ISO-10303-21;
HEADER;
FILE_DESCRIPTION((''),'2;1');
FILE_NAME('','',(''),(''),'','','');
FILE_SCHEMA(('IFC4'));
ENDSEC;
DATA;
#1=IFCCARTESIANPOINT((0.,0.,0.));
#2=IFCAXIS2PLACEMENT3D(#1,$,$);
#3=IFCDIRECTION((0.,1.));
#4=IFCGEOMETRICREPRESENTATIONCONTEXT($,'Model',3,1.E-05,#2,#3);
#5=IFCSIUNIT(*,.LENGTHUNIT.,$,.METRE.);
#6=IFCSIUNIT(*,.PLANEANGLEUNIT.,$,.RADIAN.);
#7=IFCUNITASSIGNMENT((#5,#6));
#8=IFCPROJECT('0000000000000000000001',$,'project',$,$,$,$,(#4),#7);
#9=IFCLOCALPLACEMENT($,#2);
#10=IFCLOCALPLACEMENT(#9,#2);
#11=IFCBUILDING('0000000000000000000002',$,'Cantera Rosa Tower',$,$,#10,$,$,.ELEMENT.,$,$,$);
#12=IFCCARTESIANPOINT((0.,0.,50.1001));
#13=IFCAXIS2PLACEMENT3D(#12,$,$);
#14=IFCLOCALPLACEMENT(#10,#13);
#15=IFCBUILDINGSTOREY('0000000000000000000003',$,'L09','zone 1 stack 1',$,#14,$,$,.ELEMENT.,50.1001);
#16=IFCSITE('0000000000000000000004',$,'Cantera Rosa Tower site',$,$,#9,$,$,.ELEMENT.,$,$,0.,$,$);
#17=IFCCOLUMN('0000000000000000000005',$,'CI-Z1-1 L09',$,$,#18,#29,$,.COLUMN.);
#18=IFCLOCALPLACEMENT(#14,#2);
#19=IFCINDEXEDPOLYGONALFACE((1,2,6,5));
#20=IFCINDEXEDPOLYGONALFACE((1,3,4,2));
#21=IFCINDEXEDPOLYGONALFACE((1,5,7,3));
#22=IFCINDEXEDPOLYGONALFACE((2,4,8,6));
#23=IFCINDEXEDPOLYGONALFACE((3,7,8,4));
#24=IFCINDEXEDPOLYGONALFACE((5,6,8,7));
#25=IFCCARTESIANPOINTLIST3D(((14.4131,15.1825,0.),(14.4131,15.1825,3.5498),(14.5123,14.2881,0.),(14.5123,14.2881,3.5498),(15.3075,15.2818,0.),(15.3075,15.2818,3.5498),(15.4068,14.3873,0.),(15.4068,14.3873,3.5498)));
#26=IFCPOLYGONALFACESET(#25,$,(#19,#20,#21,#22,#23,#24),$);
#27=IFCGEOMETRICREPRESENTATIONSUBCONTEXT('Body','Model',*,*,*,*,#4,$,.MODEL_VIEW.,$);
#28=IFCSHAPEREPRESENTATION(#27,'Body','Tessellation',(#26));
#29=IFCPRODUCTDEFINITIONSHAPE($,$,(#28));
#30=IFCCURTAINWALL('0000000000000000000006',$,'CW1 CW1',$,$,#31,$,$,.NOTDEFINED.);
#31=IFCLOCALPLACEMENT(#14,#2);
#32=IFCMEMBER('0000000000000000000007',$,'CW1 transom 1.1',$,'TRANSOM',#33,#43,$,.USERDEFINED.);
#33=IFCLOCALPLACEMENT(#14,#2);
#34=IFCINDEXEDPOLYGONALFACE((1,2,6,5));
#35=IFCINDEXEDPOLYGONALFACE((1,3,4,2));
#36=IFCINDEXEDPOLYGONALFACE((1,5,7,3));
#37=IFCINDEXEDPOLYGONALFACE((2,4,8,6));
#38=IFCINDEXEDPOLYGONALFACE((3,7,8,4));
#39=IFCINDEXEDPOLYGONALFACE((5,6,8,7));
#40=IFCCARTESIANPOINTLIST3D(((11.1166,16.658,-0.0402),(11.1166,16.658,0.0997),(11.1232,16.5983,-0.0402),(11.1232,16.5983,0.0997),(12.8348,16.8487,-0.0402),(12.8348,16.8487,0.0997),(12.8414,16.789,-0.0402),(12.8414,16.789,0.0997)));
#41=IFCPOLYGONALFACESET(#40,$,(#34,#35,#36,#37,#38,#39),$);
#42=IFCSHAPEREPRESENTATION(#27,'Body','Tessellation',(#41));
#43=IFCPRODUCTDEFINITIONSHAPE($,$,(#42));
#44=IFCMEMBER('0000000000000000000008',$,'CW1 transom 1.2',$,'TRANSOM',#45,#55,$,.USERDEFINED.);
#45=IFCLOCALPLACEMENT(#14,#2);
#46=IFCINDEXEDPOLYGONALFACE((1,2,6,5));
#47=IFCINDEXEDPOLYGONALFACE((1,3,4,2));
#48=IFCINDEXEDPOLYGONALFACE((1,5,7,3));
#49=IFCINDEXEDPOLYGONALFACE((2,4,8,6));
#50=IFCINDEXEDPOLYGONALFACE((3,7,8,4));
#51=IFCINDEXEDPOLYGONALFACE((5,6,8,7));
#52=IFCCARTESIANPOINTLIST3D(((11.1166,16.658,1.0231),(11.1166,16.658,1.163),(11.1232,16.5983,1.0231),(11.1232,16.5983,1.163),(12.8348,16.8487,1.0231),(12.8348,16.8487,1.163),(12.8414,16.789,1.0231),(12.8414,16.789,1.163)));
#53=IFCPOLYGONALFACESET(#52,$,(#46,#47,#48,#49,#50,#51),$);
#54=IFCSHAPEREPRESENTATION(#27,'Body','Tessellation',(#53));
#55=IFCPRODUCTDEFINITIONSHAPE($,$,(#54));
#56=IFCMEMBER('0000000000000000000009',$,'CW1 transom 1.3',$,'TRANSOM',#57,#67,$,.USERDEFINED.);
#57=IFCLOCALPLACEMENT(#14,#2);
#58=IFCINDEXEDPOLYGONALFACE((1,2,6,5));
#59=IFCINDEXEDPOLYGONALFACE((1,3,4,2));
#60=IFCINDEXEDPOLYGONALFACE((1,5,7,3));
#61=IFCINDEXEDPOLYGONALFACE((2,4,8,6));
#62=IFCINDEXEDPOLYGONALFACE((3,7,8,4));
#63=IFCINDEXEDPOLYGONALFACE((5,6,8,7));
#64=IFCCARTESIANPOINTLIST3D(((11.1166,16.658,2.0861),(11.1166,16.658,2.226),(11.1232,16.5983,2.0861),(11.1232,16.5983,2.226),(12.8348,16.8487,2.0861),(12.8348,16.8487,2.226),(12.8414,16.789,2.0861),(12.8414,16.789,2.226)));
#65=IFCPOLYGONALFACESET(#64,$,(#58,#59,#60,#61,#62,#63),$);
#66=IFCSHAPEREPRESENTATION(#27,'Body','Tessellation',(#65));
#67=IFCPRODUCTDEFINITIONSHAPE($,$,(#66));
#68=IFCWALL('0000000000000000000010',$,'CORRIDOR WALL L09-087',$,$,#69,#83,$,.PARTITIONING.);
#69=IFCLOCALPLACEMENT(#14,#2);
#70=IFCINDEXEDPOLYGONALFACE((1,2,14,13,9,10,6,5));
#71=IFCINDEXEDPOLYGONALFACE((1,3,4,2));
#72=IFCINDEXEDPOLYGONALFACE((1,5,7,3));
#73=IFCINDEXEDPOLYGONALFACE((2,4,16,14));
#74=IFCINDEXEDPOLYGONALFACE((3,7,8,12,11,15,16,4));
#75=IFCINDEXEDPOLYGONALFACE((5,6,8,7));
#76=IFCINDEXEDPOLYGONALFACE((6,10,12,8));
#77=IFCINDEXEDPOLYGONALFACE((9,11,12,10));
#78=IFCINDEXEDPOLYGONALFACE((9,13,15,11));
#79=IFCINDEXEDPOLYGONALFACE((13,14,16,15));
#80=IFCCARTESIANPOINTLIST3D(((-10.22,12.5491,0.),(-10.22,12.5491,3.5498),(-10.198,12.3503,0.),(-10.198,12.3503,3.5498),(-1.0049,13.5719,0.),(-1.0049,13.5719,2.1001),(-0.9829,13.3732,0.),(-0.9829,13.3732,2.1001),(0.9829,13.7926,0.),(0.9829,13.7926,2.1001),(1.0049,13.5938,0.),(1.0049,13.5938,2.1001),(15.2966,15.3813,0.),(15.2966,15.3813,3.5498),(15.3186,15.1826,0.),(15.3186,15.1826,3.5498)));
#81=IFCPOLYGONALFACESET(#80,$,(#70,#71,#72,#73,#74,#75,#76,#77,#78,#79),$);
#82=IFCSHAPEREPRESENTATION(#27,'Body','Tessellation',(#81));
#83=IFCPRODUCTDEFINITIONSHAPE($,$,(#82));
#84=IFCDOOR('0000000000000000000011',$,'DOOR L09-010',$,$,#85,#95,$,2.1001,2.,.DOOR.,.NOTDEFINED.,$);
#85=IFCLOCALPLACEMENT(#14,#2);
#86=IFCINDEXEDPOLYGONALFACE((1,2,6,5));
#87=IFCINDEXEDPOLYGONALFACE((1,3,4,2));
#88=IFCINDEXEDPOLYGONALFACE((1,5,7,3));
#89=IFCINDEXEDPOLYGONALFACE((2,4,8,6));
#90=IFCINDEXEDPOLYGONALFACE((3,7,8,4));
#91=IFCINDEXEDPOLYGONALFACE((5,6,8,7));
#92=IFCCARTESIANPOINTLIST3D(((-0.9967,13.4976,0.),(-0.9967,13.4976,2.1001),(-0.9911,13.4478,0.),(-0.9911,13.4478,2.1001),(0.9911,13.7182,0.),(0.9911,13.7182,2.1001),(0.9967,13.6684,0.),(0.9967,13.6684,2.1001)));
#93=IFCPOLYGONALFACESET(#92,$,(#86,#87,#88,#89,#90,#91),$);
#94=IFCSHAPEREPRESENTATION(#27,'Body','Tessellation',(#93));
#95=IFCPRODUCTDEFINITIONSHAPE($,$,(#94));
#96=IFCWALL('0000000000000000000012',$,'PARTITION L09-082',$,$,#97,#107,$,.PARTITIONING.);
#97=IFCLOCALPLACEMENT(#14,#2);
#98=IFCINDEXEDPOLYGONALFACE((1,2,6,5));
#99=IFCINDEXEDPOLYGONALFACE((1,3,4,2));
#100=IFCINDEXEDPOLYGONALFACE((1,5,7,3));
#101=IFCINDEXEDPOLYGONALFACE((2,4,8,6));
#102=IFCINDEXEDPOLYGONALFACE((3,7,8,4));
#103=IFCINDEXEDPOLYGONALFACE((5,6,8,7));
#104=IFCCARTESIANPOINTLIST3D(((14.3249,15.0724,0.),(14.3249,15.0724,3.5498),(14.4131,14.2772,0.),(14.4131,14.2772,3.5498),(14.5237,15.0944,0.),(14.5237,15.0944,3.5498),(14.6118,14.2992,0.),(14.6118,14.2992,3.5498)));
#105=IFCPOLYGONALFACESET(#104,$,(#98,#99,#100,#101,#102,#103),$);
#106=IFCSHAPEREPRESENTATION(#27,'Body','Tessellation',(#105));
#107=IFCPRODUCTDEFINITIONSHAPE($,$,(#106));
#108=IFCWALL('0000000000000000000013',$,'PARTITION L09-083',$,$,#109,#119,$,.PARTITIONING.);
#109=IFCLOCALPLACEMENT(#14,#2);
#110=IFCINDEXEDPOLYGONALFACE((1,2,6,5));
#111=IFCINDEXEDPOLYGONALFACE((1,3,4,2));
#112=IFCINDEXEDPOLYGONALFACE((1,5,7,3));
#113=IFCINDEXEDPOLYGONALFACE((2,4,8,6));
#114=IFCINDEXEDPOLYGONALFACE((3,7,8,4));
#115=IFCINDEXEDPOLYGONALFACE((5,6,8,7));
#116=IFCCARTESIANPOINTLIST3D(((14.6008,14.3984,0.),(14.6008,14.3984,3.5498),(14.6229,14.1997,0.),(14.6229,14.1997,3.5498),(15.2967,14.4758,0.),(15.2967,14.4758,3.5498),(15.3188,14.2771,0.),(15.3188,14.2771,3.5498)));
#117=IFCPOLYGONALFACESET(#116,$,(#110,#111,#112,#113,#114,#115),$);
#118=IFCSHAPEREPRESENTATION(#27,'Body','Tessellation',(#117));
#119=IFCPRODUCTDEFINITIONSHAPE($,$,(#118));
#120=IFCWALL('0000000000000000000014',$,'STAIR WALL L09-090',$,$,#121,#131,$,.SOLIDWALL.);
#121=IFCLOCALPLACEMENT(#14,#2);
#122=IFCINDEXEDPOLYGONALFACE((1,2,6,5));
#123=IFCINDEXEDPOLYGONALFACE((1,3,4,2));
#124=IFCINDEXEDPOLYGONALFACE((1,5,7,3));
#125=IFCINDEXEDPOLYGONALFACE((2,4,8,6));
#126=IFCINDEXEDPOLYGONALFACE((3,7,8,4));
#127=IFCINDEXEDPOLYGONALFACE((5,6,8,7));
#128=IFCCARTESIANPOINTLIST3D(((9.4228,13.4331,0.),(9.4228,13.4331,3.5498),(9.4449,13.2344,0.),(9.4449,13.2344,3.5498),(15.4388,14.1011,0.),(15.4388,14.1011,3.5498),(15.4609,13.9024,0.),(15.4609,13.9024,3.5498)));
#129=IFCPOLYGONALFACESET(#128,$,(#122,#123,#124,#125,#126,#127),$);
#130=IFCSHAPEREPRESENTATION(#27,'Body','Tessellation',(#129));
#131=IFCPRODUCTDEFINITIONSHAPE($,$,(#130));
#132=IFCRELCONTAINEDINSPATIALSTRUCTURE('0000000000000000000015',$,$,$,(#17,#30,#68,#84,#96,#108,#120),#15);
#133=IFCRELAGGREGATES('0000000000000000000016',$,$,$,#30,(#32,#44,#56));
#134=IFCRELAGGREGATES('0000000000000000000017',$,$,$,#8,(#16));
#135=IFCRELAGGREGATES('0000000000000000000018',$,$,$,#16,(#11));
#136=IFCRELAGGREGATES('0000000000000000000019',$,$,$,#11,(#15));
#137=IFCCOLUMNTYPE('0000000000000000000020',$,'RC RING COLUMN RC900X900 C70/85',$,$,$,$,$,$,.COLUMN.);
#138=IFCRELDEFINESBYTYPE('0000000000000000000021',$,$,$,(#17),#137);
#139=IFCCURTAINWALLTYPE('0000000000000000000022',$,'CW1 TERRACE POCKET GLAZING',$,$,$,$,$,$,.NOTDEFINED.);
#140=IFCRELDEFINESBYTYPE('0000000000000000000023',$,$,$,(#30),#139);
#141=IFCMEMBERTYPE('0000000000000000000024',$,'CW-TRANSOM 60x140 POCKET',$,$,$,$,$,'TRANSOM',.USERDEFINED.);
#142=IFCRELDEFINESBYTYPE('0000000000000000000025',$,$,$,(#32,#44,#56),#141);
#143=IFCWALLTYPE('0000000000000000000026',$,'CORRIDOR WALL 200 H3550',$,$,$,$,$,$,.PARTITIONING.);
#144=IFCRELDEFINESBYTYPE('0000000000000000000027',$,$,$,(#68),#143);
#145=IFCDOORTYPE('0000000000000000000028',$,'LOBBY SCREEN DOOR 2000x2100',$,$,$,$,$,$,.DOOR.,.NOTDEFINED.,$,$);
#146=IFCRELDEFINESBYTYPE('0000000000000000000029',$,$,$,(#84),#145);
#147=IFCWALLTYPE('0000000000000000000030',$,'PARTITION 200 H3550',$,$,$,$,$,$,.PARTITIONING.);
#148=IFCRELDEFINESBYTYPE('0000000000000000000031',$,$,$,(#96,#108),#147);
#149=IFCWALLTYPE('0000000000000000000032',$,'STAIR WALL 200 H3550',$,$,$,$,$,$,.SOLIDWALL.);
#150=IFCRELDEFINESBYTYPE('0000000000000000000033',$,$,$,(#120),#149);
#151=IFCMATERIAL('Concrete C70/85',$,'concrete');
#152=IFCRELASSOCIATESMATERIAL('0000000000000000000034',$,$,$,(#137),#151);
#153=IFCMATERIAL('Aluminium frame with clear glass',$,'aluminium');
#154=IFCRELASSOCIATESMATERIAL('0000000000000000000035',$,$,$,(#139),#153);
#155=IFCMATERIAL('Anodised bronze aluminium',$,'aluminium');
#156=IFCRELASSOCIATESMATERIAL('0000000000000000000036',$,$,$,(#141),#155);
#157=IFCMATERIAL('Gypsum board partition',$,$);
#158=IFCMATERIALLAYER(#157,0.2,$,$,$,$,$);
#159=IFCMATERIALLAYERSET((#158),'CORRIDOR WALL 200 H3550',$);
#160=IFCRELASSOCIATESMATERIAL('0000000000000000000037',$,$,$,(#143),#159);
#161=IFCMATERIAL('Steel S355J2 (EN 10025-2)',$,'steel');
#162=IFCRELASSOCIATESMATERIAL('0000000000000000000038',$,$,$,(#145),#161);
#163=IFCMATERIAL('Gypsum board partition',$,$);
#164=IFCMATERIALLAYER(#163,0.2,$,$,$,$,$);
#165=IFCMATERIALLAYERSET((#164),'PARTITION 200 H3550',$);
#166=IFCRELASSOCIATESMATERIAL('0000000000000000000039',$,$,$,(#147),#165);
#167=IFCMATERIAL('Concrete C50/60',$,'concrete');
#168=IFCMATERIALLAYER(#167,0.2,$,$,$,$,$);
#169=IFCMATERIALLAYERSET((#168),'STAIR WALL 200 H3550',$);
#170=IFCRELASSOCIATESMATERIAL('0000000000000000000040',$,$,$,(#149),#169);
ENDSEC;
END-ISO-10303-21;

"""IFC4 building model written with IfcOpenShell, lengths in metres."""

from ifc_helpers import new_model, si_unit, direction, frame, frame_2d, origin, origin_2d, place, context, subcontext, project, spatial, rectangle, extrude, material, layer, layer_set, material_profile, profile_set, type_object, element, fill, aggregate, save


model = new_model("IFC4")

# Units and contexts
model_context = context("Model", 3, precision=1e-05, world=origin(), true_north=direction((0.0, 1.0)))
body_context = subcontext(model_context, "Body", "Model", "MODEL_VIEW")
ifc_project = project(units=[si_unit("LENGTHUNIT", "METRE"), si_unit("PLANEANGLEUNIT", "RADIAN")], contexts=[model_context])

# Site, building, storey
site_placement = place(None, origin())
site = spatial("IfcSite", under=ifc_project, at=site_placement, Name="Cantera Rosa Tower site", CompositionType="ELEMENT", RefElevation=0.0)
building_placement = place(site_placement, origin())
building = spatial("IfcBuilding", under=site, at=building_placement, Name="Cantera Rosa Tower", CompositionType="ELEMENT")
storey_placement = place(building_placement, frame((0.0, 0.0, 50.1001)))
storey = spatial("IfcBuildingStorey", under=building, at=storey_placement, Name="L09", Description="zone 1 stack 1", CompositionType="ELEMENT", Elevation=50.1001)

# Column
ifc_material_1 = material(Name="Concrete C70/85", Category="concrete")
ifc_material_profile_1 = material_profile(ifc_material_1, rectangle(XDim=0.8999, YDim=0.8999, at=origin_2d()), Name="RC RING COLUMN RC900X900 C70/85")
ifc_profile_set_1 = profile_set([ifc_material_profile_1], Name="Concrete C70/85")
column_type = type_object("IfcColumnType", Name="RC RING COLUMN RC900X900 C70/85", PredefinedType="COLUMN", material=ifc_profile_set_1)
column_placement = place(storey_placement, frame((14.9099, 14.7849, 0.0), z_axis=(0.0, 0.0, 1.0), x_axis=(0.993897, 0.110313, 0.0)))
element("IfcColumn", 1, at=column_placement, inside=storey, type_object=column_type, Name="CI-Z1-1 L09", PredefinedType="COLUMN", context=body_context, shape_type="SweptSolid", body=[
    extrude(rectangle(XDim=0.8999, YDim=0.8999, at=origin_2d()), origin(), (0.0, 0.0, 1.0), 3.5498),
])

# Curtain wall, members
ifc_material_2 = material(Name="Aluminium frame with clear glass", Category="aluminium")
curtain_wall_type = type_object("IfcCurtainWallType", Name="CW1 TERRACE POCKET GLAZING", PredefinedType="NOTDEFINED", material=ifc_material_2)
curtain_wall_placement = place(storey_placement, origin())
curtain_wall = element("IfcCurtainWall", 2, at=curtain_wall_placement, inside=storey, type_object=curtain_wall_type, Name="CW1 CW1", PredefinedType="NOTDEFINED")
ifc_material_3 = material(Name="Anodised bronze aluminium", Category="aluminium")
ifc_material_profile_2 = material_profile(ifc_material_3, rectangle(XDim=0.0601, YDim=0.1399, at=origin_2d()), Name="CW-TRANSOM 60x140 POCKET")
ifc_profile_set_2 = profile_set([ifc_material_profile_2], Name="Anodised bronze aluminium")
member_type = type_object("IfcMemberType", Name="CW-TRANSOM 60x140 POCKET", ElementType="TRANSOM", PredefinedType="USERDEFINED", material=ifc_profile_set_2)
member_1_placement = place(storey_placement, frame((12.8381, 16.8188, 0.0298), z_axis=(-0.993899, -0.110292, 0.0), x_axis=(0.110292, -0.993899, 0.0)))
member_1 = element("IfcMember", 3, at=member_1_placement, type_object=member_type, Name="CW1 transom 1.1", ObjectType="TRANSOM", PredefinedType="USERDEFINED", context=body_context, shape_type="SweptSolid", body=[
    extrude(rectangle(XDim=0.0601, YDim=0.1399, at=origin_2d()), origin(), (0.0, 0.0, 1.0), 1.7288),
])
member_2_placement = place(storey_placement, frame((12.8381, 16.8188, 1.093), z_axis=(-0.993899, -0.110292, 0.0), x_axis=(0.110292, -0.993899, 0.0)))
member_2 = element("IfcMember", 4, at=member_2_placement, type_object=member_type, Name="CW1 transom 1.2", ObjectType="TRANSOM", PredefinedType="USERDEFINED", context=body_context, shape_type="SweptSolid", body=[
    extrude(rectangle(XDim=0.0601, YDim=0.1399, at=origin_2d()), origin(), (0.0, 0.0, 1.0), 1.7288),
])
member_3_placement = place(storey_placement, frame((12.8381, 16.8188, 2.156), z_axis=(-0.993899, -0.110292, 0.0), x_axis=(0.110292, -0.993899, 0.0)))
member_3 = element("IfcMember", 5, at=member_3_placement, type_object=member_type, Name="CW1 transom 1.3", ObjectType="TRANSOM", PredefinedType="USERDEFINED", context=body_context, shape_type="SweptSolid", body=[
    extrude(rectangle(XDim=0.0601, YDim=0.1399, at=origin_2d()), origin(), (0.0, 0.0, 1.0), 1.7288),
])
aggregate(curtain_wall, [member_1, member_2, member_3])

# Wall, opening, door
ifc_material_4 = material(Name="Gypsum board partition")
ifc_layer_1 = layer(ifc_material_4, 0.2)
ifc_layer_set_1 = layer_set([ifc_layer_1], Name="CORRIDOR WALL 200 H3550")
wall_type_1 = type_object("IfcWallType", Name="CORRIDOR WALL 200 H3550", PredefinedType="PARTITIONING", material=ifc_layer_set_1)
wall_1_placement = place(storey_placement, frame((15.3076, 15.282, 0.0), z_axis=(0.0, 0.0, 1.0), x_axis=(-0.993896, -0.11032, 0.0)))
wall_1 = element("IfcWall", 6, at=wall_1_placement, inside=storey, type_object=wall_type_1, Name="CORRIDOR WALL L09-087", PredefinedType="PARTITIONING", context=body_context, shape_type="SweptSolid", body=[
    extrude(rectangle(XDim=25.6733, YDim=0.2, at=frame_2d((12.8367, 0.0))), origin(), (0.0, 0.0, 1.0), 3.5498),
])
opening_placement = place(wall_1_placement, frame((14.4016, 0.0, 0.0)))
opening = element("IfcOpeningElement", 7, at=opening_placement, cuts=wall_1, PredefinedType="OPENING", context=body_context, shape_type="SweptSolid", body=[
    extrude(rectangle(XDim=2.0, YDim=2.1001, at=frame_2d((1.0, 1.05))), frame((0.0, 0.1099, 0.0), z_axis=(0.0, -1.0, 0.0), x_axis=(1.0, 0.0, 0.0)), (0.0, 0.0, 1.0), 0.22),
])
ifc_material_5 = material(Name="Steel S355J2 (EN 10025-2)", Category="steel")
door_type = type_object("IfcDoorType", Name="LOBBY SCREEN DOOR 2000x2100", OperationType="NOTDEFINED", PredefinedType="DOOR", material=ifc_material_5)
door_placement = place(opening_placement, origin())
door = element("IfcDoor", 8, at=door_placement, inside=storey, type_object=door_type, Name="DOOR L09-010", OperationType="NOTDEFINED", OverallHeight=2.1001, OverallWidth=2.0, PredefinedType="DOOR", context=body_context, shape_type="SweptSolid", body=[
    extrude(rectangle(XDim=2.0, YDim=2.1001, at=frame_2d((1.0, 1.05))), frame((0.0, 0.0249, 0.0), z_axis=(0.0, -1.0, 0.0), x_axis=(1.0, 0.0, 0.0)), (0.0, 0.0, 1.0), 0.05),
])
fill(opening, door)

# Walls
ifc_material_6 = material(Name="Gypsum board partition")
ifc_layer_2 = layer(ifc_material_6, 0.2)
ifc_layer_set_2 = layer_set([ifc_layer_2], Name="PARTITION 200 H3550")
wall_type_2 = type_object("IfcWallType", Name="PARTITION 200 H3550", PredefinedType="PARTITIONING", material=ifc_layer_set_2)
wall_2_placement = place(storey_placement, frame((14.4243, 15.0833, 0.0), z_axis=(0.0, 0.0, 1.0), x_axis=(0.110164, -0.993913, 0.0)))
element("IfcWall", 9, at=wall_2_placement, inside=storey, type_object=wall_type_2, Name="PARTITION L09-082", PredefinedType="PARTITIONING", context=body_context, shape_type="SweptSolid", body=[
    extrude(rectangle(XDim=0.8, YDim=0.2, at=frame_2d((0.3999, 0.0))), origin(), (0.0, 0.0, 1.0), 3.5498),
])
wall_3_placement = place(storey_placement, frame((14.6118, 14.2991, 0.0), z_axis=(0.0, 0.0, 1.0), x_axis=(0.993871, 0.110546, 0.0)))
element("IfcWall", 10, at=wall_3_placement, inside=storey, type_object=wall_type_2, Name="PARTITION L09-083", PredefinedType="PARTITIONING", context=body_context, shape_type="SweptSolid", body=[
    extrude(rectangle(XDim=0.7002, YDim=0.2, at=frame_2d((0.3501, 0.0))), origin(), (0.0, 0.0, 1.0), 3.5498),
])
ifc_material_7 = material(Name="Concrete C50/60", Category="concrete")
ifc_layer_3 = layer(ifc_material_7, 0.2)
ifc_layer_set_3 = layer_set([ifc_layer_3], Name="STAIR WALL 200 H3550")
wall_type_3 = type_object("IfcWallType", Name="STAIR WALL 200 H3550", PredefinedType="SOLIDWALL", material=ifc_layer_set_3)
wall_4_placement = place(storey_placement, frame((15.4497, 14.0017, 0.0), z_axis=(0.0, 0.0, 1.0), x_axis=(-0.993893, -0.110352, 0.0)))
element("IfcWall", 11, at=wall_4_placement, inside=storey, type_object=wall_type_3, Name="STAIR WALL L09-090", PredefinedType="SOLIDWALL", context=body_context, shape_type="SweptSolid", body=[
    extrude(rectangle(XDim=6.053, YDim=0.2, at=frame_2d((3.0264, 0.0))), origin(), (0.0, 0.0, 1.0), 3.5498),
])

save(model, "model.ifc")
